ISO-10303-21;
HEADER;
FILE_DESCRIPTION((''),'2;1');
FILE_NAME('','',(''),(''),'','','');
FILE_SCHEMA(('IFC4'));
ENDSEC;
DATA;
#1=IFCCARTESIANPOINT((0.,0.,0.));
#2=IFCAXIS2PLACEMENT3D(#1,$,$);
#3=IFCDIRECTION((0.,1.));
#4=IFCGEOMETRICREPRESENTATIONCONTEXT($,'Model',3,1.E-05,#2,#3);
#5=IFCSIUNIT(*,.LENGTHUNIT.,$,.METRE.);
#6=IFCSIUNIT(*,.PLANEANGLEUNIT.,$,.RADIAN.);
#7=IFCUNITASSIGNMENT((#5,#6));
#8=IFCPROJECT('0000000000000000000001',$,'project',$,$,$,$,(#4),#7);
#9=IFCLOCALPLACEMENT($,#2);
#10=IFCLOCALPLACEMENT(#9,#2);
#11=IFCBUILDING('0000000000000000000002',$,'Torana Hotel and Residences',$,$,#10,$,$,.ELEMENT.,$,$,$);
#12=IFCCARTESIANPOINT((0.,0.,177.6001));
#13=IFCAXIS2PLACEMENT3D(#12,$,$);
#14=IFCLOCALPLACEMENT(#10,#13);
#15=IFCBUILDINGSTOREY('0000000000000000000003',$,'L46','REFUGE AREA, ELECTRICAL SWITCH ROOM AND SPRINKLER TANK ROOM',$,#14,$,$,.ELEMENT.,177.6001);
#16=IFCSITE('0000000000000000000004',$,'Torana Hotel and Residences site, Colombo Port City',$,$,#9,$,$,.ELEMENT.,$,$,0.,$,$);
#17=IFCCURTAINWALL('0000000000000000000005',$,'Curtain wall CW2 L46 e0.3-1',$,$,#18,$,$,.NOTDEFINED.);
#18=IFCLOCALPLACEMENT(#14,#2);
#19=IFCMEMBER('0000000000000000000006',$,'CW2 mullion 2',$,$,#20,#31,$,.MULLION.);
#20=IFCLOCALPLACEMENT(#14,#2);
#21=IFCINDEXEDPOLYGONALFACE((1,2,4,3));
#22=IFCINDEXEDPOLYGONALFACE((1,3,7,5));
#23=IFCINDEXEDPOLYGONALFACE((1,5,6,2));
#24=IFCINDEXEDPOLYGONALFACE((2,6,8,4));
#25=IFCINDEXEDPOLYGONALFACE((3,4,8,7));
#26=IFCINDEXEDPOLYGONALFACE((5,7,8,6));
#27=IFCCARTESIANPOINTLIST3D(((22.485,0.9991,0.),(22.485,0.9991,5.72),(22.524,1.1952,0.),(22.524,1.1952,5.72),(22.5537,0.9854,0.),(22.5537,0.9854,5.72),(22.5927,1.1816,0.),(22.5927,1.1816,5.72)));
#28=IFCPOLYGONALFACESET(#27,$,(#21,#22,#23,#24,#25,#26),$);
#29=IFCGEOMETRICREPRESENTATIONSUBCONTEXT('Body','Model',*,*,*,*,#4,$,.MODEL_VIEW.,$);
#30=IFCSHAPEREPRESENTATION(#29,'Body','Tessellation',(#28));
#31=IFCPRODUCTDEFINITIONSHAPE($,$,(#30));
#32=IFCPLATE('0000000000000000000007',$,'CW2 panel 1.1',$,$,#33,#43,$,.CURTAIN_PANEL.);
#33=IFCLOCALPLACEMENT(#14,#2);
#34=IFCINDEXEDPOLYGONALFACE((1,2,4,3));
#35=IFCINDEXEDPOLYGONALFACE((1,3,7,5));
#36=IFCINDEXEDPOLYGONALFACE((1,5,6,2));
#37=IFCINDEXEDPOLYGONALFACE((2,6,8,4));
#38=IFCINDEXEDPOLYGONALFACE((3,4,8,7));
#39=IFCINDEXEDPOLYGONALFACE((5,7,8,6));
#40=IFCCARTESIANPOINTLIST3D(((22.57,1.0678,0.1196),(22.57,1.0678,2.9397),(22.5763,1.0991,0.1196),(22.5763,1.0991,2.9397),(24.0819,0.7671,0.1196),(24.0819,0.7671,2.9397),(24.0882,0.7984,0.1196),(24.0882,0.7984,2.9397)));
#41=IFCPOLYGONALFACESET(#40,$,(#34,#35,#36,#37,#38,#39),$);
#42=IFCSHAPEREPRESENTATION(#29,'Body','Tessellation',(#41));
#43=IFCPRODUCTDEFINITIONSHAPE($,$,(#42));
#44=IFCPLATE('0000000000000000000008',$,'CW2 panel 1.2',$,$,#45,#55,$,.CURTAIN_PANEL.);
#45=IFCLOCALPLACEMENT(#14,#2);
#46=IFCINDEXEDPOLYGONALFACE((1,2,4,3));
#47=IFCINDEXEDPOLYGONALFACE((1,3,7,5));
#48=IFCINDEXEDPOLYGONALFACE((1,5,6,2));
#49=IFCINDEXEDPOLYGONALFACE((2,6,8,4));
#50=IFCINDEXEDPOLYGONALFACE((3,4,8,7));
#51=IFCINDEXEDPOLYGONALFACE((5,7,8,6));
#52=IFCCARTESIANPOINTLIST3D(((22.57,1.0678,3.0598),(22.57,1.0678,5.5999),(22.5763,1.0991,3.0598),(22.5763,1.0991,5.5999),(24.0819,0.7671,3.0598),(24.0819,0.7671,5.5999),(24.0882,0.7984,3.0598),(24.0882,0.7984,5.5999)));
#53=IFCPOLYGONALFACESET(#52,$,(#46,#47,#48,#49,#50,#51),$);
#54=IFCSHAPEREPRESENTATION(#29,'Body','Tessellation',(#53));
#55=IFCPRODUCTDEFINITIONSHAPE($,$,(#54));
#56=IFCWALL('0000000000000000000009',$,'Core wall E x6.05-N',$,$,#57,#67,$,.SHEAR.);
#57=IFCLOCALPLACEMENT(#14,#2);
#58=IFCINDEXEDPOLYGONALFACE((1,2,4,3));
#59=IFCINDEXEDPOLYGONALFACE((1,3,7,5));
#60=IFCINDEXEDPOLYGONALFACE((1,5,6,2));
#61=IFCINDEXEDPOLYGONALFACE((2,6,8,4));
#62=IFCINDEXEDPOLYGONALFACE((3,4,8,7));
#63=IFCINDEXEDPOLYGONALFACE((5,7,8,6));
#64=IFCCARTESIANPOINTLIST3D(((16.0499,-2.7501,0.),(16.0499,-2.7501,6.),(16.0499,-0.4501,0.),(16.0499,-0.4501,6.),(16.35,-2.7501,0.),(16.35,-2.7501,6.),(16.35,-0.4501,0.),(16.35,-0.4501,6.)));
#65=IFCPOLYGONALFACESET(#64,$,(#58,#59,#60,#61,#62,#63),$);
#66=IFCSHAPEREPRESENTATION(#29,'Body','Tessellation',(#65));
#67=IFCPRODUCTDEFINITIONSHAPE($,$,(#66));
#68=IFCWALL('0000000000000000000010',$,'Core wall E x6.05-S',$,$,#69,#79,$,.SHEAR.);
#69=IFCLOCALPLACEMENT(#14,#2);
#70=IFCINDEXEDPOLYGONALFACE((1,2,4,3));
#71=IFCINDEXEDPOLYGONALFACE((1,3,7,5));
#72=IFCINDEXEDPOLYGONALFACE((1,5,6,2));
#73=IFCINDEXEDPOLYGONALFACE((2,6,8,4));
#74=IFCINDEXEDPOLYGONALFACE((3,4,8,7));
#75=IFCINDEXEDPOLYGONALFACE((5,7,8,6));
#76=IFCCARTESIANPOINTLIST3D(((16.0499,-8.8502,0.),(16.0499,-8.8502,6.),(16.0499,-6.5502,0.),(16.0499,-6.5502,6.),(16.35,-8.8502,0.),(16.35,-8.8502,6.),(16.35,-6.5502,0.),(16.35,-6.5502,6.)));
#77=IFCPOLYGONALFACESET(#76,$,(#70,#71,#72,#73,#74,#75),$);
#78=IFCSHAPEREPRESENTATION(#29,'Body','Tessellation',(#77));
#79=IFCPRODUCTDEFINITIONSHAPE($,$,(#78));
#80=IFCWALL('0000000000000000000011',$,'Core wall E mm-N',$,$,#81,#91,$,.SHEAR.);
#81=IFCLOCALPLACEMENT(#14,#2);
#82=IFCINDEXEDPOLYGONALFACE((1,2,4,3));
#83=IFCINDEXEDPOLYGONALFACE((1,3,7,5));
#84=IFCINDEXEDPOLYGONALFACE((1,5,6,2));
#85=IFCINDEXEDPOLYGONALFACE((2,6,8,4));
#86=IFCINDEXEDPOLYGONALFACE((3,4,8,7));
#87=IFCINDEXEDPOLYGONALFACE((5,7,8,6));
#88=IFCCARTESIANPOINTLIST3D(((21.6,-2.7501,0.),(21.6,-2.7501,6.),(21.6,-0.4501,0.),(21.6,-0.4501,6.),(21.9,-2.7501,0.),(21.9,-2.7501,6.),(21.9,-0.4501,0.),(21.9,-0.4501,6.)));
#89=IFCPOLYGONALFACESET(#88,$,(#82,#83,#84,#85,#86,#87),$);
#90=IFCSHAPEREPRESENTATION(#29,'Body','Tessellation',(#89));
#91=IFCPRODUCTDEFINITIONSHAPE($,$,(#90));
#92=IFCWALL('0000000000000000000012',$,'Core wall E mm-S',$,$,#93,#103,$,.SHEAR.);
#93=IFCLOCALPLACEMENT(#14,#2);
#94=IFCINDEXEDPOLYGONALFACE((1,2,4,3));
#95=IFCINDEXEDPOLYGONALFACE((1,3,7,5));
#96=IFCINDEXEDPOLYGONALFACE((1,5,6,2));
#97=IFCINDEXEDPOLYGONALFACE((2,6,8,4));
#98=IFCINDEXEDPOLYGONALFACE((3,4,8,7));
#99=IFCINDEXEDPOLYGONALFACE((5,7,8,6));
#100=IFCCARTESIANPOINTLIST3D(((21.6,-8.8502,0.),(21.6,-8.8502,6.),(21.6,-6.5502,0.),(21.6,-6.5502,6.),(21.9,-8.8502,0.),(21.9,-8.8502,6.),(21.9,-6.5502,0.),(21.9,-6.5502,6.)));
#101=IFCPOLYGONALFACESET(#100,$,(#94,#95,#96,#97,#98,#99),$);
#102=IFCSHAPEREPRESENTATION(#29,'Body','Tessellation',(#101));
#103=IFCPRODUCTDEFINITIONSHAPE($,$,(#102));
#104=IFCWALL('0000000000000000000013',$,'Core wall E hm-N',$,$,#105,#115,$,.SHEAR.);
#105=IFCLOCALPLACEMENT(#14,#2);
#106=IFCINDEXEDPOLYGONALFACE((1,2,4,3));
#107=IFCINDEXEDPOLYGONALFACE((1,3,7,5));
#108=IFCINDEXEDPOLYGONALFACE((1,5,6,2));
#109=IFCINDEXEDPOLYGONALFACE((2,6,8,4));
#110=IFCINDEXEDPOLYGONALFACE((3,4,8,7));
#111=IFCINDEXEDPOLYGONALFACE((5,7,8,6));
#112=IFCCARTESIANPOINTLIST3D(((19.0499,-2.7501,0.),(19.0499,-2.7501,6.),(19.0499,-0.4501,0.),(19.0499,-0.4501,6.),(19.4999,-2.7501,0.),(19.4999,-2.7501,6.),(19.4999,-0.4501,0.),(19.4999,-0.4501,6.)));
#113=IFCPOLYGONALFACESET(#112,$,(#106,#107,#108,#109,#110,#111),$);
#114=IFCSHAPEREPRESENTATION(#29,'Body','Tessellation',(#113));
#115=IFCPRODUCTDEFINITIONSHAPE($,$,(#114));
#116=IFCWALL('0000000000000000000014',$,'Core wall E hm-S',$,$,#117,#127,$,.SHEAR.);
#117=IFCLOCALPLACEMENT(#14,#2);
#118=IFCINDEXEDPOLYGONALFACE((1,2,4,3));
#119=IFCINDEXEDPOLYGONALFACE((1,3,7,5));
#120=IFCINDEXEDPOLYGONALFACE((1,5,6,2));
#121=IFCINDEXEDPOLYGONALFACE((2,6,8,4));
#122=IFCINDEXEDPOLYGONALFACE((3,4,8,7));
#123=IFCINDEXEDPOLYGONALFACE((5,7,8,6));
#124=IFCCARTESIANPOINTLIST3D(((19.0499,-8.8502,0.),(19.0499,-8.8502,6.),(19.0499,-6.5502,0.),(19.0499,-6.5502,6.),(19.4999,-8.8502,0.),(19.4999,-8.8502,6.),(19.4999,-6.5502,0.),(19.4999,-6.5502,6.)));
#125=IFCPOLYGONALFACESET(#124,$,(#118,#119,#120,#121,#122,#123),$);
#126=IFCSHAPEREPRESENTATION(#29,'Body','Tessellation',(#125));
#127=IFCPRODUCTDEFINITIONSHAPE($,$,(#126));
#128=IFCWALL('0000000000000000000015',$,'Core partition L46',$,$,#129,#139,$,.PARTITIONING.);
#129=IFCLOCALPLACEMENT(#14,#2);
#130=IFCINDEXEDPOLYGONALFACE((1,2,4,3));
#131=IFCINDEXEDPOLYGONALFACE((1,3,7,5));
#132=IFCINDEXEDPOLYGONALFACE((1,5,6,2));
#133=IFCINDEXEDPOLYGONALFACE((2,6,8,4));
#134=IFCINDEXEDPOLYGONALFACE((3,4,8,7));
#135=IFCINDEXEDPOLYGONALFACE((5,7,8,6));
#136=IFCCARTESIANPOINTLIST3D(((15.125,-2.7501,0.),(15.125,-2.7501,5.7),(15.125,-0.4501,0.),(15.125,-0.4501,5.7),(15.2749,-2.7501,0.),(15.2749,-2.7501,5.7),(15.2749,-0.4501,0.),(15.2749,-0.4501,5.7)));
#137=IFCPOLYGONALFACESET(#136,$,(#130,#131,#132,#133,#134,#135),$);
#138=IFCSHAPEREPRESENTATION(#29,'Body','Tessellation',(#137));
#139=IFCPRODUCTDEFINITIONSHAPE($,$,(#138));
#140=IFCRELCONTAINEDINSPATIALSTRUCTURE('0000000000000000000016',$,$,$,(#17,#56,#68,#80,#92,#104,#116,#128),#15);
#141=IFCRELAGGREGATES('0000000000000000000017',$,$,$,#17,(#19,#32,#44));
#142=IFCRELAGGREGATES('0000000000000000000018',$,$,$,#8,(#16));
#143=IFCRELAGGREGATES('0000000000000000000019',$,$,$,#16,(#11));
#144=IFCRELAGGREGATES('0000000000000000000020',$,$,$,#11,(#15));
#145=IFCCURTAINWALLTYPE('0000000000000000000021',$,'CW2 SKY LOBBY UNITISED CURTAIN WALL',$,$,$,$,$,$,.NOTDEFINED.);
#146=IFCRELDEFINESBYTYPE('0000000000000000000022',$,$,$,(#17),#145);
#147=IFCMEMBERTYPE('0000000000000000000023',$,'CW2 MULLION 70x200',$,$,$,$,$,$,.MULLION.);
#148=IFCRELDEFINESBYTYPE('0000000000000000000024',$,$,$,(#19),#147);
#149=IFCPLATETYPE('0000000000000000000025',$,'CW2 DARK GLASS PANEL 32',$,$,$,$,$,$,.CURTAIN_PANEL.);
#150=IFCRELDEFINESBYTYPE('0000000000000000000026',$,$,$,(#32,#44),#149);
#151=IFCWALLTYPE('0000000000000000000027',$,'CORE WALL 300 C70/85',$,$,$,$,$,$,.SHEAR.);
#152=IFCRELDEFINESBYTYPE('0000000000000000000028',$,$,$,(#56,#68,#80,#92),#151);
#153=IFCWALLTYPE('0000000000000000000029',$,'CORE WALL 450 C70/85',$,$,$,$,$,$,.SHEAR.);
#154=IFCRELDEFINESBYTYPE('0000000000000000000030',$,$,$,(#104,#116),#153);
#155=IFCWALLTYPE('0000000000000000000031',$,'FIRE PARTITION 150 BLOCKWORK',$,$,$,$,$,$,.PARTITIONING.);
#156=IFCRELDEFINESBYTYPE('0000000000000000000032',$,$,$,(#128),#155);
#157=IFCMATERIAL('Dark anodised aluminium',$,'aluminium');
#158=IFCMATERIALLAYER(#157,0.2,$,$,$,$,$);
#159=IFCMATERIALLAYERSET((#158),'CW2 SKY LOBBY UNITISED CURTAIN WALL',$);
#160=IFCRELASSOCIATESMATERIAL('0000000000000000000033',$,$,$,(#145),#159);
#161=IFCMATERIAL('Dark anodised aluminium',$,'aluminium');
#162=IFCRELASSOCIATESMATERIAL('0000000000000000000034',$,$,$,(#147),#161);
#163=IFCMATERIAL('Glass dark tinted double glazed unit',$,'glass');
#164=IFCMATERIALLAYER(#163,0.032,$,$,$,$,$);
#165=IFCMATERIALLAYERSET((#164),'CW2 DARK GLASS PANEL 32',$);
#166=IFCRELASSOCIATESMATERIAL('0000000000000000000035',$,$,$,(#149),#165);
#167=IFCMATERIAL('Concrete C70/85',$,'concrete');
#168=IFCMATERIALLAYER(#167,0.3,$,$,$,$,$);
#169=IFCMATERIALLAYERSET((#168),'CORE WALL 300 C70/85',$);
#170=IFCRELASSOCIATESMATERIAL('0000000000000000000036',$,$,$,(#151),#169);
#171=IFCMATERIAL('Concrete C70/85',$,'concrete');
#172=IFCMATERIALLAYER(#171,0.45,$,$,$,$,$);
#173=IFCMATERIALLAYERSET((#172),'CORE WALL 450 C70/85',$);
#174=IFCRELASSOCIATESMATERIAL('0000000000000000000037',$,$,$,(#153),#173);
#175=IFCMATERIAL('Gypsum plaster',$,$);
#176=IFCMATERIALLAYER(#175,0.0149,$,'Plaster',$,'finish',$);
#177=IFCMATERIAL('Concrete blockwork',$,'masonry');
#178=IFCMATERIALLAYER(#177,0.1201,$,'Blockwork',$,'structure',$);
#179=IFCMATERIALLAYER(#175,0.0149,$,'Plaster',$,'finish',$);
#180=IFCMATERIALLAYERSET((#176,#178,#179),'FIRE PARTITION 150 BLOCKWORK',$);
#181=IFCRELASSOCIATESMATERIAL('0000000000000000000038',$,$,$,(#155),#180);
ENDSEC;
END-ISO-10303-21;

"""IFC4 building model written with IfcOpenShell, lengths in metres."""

from ifc_helpers import new_model, si_unit, direction, frame, frame_2d, origin, origin_2d, place, context, subcontext, project, spatial, rectangle, extrude, material, layer, layer_set, material_profile, profile_set, type_object, element, aggregate, save


model = new_model("IFC4")

# Units and contexts
model_context = context("Model", 3, precision=1e-05, world=origin(), true_north=direction((0.0, 1.0)))
body_context = subcontext(model_context, "Body", "Model", "MODEL_VIEW")
ifc_project = project(units=[si_unit("LENGTHUNIT", "METRE"), si_unit("PLANEANGLEUNIT", "RADIAN")], contexts=[model_context])

# Site, building, storey
site_placement = place(None, origin())
site = spatial("IfcSite", under=ifc_project, at=site_placement, Name="Torana Hotel and Residences site, Colombo Port City", CompositionType="ELEMENT", RefElevation=0.0)
building_placement = place(site_placement, origin())
building = spatial("IfcBuilding", under=site, at=building_placement, Name="Torana Hotel and Residences", CompositionType="ELEMENT")
storey_placement = place(building_placement, frame((0.0, 0.0, 177.6001)))
storey = spatial("IfcBuildingStorey", under=building, at=storey_placement, Name="L46", Description="REFUGE AREA, ELECTRICAL SWITCH ROOM AND SPRINKLER TANK ROOM", CompositionType="ELEMENT", Elevation=177.6001)

# Curtain wall, member, plates
ifc_material_1 = material(Name="Dark anodised aluminium", Category="aluminium")
ifc_layer_1 = layer(ifc_material_1, 0.2)
ifc_layer_set_1 = layer_set([ifc_layer_1], Name="CW2 SKY LOBBY UNITISED CURTAIN WALL")
curtain_wall_type = type_object("IfcCurtainWallType", Name="CW2 SKY LOBBY UNITISED CURTAIN WALL", PredefinedType="NOTDEFINED", material=ifc_layer_set_1)
curtain_wall_placement = place(storey_placement, origin())
curtain_wall = element("IfcCurtainWall", 1, at=curtain_wall_placement, inside=storey, type_object=curtain_wall_type, Name="Curtain wall CW2 L46 e0.3-1", PredefinedType="NOTDEFINED")
ifc_material_2 = material(Name="Dark anodised aluminium", Category="aluminium")
ifc_material_profile = material_profile(ifc_material_2, rectangle(XDim=0.2, YDim=0.0701, at=origin_2d()), Name="CW2 MULLION 70x200")
ifc_profile_set = profile_set([ifc_material_profile], Name="Dark anodised aluminium")
member_type = type_object("IfcMemberType", Name="CW2 MULLION 70x200", PredefinedType="MULLION", material=ifc_profile_set)
member_placement = place(storey_placement, frame((22.5388, 1.0903, 0.0), z_axis=(0.0, 0.0, 1.0), x_axis=(-0.195064, -0.980791, 0.0)))
member = element("IfcMember", 2, at=member_placement, type_object=member_type, Name="CW2 mullion 2", PredefinedType="MULLION", context=body_context, shape_type="SweptSolid", body=[
    extrude(rectangle(XDim=0.2, YDim=0.0701, at=origin_2d()), origin(), (0.0, 0.0, 1.0), 5.72),
])
ifc_material_3 = material(Name="Glass dark tinted double glazed unit", Category="glass")
ifc_layer_2 = layer(ifc_material_3, 0.032)
ifc_layer_set_2 = layer_set([ifc_layer_2], Name="CW2 DARK GLASS PANEL 32")
plate_type = type_object("IfcPlateType", Name="CW2 DARK GLASS PANEL 32", PredefinedType="CURTAIN_PANEL", material=ifc_layer_set_2)
plate_1_placement = place(storey_placement, frame((23.3291, 0.9331, 0.1196), z_axis=(0.0, 0.0, 1.0), x_axis=(-0.980791, 0.195064, 0.0)))
plate_1 = element("IfcPlate", 3, at=plate_1_placement, type_object=plate_type, Name="CW2 panel 1.1", PredefinedType="CURTAIN_PANEL", context=body_context, shape_type="SweptSolid", body=[
    extrude(rectangle(XDim=1.5415, YDim=0.032, at=origin_2d()), origin(), (0.0, 0.0, 1.0), 2.8201),
])
plate_2_placement = place(storey_placement, frame((23.3291, 0.9331, 3.0598), z_axis=(0.0, 0.0, 1.0), x_axis=(-0.980791, 0.195064, 0.0)))
plate_2 = element("IfcPlate", 4, at=plate_2_placement, type_object=plate_type, Name="CW2 panel 1.2", PredefinedType="CURTAIN_PANEL", context=body_context, shape_type="SweptSolid", body=[
    extrude(rectangle(XDim=1.5415, YDim=0.032, at=origin_2d()), origin(), (0.0, 0.0, 1.0), 2.54),
])
aggregate(curtain_wall, [member, plate_1, plate_2])

# Walls
ifc_material_4 = material(Name="Concrete C70/85", Category="concrete")
ifc_layer_3 = layer(ifc_material_4, 0.3)
ifc_layer_set_3 = layer_set([ifc_layer_3], Name="CORE WALL 300 C70/85")
wall_type_1 = type_object("IfcWallType", Name="CORE WALL 300 C70/85", PredefinedType="SHEAR", material=ifc_layer_set_3)
for number, where, z_axis, x_axis, name in (
    (5, (16.2, -2.75, 0.0), (0.0, 0.0, 1.0), (0.0, 1.0, 0.0), "Core wall E x6.05-N"),
    (6, (16.2, -8.8501, 0.0), (0.0, 0.0, 1.0), (0.0, 1.0, 0.0), "Core wall E x6.05-S"),
    (7, (21.75, -2.75, 0.0), (0.0, 0.0, 1.0), (0.0, 1.0, 0.0), "Core wall E mm-N"),
    (8, (21.75, -8.8501, 0.0), (0.0, 0.0, 1.0), (0.0, 1.0, 0.0), "Core wall E mm-S"),
):
    element("IfcWall", number, at=place(storey_placement, frame(where, z_axis=z_axis, x_axis=x_axis)), inside=storey, type_object=wall_type_1, Name=name, PredefinedType="SHEAR", context=body_context, shape_type="SweptSolid", body=[
        extrude(rectangle(XDim=2.3, YDim=0.3, at=frame_2d((1.1499, 0.0))), origin(), (0.0, 0.0, 1.0), 6.0),
    ])
ifc_material_5 = material(Name="Concrete C70/85", Category="concrete")
ifc_layer_4 = layer(ifc_material_5, 0.45)
ifc_layer_set_4 = layer_set([ifc_layer_4], Name="CORE WALL 450 C70/85")
wall_type_2 = type_object("IfcWallType", Name="CORE WALL 450 C70/85", PredefinedType="SHEAR", material=ifc_layer_set_4)
for number, where, z_axis, x_axis, name in (
    (9, (19.2749, -2.75, 0.0), (0.0, 0.0, 1.0), (0.0, 1.0, 0.0), "Core wall E hm-N"),
    (10, (19.2749, -8.8501, 0.0), (0.0, 0.0, 1.0), (0.0, 1.0, 0.0), "Core wall E hm-S"),
):
    element("IfcWall", number, at=place(storey_placement, frame(where, z_axis=z_axis, x_axis=x_axis)), inside=storey, type_object=wall_type_2, Name=name, PredefinedType="SHEAR", context=body_context, shape_type="SweptSolid", body=[
        extrude(rectangle(XDim=2.3, YDim=0.45, at=frame_2d((1.1499, 0.0))), origin(), (0.0, 0.0, 1.0), 6.0),
    ])

# Wall
ifc_material_6 = material(Name="Gypsum plaster")
ifc_layer_5 = layer(ifc_material_6, 0.0149, Name="Plaster", Category="finish")
ifc_material_7 = material(Name="Concrete blockwork", Category="masonry")
ifc_layer_6 = layer(ifc_material_7, 0.1201, Name="Blockwork", Category="structure")
ifc_layer_7 = layer(ifc_material_6, 0.0149, Name="Plaster", Category="finish")
ifc_layer_set_5 = layer_set([ifc_layer_5, ifc_layer_6, ifc_layer_7], Name="FIRE PARTITION 150 BLOCKWORK")
wall_type_3 = type_object("IfcWallType", Name="FIRE PARTITION 150 BLOCKWORK", PredefinedType="PARTITIONING", material=ifc_layer_set_5)
wall_1_placement = place(storey_placement, frame((15.2, -2.75, 0.0), z_axis=(0.0, 0.0, 1.0), x_axis=(0.0, 1.0, 0.0)))
element("IfcWall", 11, at=wall_1_placement, inside=storey, type_object=wall_type_3, Name="Core partition L46", PredefinedType="PARTITIONING", context=body_context, shape_type="SweptSolid", body=[
    extrude(rectangle(XDim=2.3, YDim=0.1499, at=frame_2d((1.1499, 0.0))), origin(), (0.0, 0.0, 1.0), 5.7),
])

save(model, "model.ifc")
